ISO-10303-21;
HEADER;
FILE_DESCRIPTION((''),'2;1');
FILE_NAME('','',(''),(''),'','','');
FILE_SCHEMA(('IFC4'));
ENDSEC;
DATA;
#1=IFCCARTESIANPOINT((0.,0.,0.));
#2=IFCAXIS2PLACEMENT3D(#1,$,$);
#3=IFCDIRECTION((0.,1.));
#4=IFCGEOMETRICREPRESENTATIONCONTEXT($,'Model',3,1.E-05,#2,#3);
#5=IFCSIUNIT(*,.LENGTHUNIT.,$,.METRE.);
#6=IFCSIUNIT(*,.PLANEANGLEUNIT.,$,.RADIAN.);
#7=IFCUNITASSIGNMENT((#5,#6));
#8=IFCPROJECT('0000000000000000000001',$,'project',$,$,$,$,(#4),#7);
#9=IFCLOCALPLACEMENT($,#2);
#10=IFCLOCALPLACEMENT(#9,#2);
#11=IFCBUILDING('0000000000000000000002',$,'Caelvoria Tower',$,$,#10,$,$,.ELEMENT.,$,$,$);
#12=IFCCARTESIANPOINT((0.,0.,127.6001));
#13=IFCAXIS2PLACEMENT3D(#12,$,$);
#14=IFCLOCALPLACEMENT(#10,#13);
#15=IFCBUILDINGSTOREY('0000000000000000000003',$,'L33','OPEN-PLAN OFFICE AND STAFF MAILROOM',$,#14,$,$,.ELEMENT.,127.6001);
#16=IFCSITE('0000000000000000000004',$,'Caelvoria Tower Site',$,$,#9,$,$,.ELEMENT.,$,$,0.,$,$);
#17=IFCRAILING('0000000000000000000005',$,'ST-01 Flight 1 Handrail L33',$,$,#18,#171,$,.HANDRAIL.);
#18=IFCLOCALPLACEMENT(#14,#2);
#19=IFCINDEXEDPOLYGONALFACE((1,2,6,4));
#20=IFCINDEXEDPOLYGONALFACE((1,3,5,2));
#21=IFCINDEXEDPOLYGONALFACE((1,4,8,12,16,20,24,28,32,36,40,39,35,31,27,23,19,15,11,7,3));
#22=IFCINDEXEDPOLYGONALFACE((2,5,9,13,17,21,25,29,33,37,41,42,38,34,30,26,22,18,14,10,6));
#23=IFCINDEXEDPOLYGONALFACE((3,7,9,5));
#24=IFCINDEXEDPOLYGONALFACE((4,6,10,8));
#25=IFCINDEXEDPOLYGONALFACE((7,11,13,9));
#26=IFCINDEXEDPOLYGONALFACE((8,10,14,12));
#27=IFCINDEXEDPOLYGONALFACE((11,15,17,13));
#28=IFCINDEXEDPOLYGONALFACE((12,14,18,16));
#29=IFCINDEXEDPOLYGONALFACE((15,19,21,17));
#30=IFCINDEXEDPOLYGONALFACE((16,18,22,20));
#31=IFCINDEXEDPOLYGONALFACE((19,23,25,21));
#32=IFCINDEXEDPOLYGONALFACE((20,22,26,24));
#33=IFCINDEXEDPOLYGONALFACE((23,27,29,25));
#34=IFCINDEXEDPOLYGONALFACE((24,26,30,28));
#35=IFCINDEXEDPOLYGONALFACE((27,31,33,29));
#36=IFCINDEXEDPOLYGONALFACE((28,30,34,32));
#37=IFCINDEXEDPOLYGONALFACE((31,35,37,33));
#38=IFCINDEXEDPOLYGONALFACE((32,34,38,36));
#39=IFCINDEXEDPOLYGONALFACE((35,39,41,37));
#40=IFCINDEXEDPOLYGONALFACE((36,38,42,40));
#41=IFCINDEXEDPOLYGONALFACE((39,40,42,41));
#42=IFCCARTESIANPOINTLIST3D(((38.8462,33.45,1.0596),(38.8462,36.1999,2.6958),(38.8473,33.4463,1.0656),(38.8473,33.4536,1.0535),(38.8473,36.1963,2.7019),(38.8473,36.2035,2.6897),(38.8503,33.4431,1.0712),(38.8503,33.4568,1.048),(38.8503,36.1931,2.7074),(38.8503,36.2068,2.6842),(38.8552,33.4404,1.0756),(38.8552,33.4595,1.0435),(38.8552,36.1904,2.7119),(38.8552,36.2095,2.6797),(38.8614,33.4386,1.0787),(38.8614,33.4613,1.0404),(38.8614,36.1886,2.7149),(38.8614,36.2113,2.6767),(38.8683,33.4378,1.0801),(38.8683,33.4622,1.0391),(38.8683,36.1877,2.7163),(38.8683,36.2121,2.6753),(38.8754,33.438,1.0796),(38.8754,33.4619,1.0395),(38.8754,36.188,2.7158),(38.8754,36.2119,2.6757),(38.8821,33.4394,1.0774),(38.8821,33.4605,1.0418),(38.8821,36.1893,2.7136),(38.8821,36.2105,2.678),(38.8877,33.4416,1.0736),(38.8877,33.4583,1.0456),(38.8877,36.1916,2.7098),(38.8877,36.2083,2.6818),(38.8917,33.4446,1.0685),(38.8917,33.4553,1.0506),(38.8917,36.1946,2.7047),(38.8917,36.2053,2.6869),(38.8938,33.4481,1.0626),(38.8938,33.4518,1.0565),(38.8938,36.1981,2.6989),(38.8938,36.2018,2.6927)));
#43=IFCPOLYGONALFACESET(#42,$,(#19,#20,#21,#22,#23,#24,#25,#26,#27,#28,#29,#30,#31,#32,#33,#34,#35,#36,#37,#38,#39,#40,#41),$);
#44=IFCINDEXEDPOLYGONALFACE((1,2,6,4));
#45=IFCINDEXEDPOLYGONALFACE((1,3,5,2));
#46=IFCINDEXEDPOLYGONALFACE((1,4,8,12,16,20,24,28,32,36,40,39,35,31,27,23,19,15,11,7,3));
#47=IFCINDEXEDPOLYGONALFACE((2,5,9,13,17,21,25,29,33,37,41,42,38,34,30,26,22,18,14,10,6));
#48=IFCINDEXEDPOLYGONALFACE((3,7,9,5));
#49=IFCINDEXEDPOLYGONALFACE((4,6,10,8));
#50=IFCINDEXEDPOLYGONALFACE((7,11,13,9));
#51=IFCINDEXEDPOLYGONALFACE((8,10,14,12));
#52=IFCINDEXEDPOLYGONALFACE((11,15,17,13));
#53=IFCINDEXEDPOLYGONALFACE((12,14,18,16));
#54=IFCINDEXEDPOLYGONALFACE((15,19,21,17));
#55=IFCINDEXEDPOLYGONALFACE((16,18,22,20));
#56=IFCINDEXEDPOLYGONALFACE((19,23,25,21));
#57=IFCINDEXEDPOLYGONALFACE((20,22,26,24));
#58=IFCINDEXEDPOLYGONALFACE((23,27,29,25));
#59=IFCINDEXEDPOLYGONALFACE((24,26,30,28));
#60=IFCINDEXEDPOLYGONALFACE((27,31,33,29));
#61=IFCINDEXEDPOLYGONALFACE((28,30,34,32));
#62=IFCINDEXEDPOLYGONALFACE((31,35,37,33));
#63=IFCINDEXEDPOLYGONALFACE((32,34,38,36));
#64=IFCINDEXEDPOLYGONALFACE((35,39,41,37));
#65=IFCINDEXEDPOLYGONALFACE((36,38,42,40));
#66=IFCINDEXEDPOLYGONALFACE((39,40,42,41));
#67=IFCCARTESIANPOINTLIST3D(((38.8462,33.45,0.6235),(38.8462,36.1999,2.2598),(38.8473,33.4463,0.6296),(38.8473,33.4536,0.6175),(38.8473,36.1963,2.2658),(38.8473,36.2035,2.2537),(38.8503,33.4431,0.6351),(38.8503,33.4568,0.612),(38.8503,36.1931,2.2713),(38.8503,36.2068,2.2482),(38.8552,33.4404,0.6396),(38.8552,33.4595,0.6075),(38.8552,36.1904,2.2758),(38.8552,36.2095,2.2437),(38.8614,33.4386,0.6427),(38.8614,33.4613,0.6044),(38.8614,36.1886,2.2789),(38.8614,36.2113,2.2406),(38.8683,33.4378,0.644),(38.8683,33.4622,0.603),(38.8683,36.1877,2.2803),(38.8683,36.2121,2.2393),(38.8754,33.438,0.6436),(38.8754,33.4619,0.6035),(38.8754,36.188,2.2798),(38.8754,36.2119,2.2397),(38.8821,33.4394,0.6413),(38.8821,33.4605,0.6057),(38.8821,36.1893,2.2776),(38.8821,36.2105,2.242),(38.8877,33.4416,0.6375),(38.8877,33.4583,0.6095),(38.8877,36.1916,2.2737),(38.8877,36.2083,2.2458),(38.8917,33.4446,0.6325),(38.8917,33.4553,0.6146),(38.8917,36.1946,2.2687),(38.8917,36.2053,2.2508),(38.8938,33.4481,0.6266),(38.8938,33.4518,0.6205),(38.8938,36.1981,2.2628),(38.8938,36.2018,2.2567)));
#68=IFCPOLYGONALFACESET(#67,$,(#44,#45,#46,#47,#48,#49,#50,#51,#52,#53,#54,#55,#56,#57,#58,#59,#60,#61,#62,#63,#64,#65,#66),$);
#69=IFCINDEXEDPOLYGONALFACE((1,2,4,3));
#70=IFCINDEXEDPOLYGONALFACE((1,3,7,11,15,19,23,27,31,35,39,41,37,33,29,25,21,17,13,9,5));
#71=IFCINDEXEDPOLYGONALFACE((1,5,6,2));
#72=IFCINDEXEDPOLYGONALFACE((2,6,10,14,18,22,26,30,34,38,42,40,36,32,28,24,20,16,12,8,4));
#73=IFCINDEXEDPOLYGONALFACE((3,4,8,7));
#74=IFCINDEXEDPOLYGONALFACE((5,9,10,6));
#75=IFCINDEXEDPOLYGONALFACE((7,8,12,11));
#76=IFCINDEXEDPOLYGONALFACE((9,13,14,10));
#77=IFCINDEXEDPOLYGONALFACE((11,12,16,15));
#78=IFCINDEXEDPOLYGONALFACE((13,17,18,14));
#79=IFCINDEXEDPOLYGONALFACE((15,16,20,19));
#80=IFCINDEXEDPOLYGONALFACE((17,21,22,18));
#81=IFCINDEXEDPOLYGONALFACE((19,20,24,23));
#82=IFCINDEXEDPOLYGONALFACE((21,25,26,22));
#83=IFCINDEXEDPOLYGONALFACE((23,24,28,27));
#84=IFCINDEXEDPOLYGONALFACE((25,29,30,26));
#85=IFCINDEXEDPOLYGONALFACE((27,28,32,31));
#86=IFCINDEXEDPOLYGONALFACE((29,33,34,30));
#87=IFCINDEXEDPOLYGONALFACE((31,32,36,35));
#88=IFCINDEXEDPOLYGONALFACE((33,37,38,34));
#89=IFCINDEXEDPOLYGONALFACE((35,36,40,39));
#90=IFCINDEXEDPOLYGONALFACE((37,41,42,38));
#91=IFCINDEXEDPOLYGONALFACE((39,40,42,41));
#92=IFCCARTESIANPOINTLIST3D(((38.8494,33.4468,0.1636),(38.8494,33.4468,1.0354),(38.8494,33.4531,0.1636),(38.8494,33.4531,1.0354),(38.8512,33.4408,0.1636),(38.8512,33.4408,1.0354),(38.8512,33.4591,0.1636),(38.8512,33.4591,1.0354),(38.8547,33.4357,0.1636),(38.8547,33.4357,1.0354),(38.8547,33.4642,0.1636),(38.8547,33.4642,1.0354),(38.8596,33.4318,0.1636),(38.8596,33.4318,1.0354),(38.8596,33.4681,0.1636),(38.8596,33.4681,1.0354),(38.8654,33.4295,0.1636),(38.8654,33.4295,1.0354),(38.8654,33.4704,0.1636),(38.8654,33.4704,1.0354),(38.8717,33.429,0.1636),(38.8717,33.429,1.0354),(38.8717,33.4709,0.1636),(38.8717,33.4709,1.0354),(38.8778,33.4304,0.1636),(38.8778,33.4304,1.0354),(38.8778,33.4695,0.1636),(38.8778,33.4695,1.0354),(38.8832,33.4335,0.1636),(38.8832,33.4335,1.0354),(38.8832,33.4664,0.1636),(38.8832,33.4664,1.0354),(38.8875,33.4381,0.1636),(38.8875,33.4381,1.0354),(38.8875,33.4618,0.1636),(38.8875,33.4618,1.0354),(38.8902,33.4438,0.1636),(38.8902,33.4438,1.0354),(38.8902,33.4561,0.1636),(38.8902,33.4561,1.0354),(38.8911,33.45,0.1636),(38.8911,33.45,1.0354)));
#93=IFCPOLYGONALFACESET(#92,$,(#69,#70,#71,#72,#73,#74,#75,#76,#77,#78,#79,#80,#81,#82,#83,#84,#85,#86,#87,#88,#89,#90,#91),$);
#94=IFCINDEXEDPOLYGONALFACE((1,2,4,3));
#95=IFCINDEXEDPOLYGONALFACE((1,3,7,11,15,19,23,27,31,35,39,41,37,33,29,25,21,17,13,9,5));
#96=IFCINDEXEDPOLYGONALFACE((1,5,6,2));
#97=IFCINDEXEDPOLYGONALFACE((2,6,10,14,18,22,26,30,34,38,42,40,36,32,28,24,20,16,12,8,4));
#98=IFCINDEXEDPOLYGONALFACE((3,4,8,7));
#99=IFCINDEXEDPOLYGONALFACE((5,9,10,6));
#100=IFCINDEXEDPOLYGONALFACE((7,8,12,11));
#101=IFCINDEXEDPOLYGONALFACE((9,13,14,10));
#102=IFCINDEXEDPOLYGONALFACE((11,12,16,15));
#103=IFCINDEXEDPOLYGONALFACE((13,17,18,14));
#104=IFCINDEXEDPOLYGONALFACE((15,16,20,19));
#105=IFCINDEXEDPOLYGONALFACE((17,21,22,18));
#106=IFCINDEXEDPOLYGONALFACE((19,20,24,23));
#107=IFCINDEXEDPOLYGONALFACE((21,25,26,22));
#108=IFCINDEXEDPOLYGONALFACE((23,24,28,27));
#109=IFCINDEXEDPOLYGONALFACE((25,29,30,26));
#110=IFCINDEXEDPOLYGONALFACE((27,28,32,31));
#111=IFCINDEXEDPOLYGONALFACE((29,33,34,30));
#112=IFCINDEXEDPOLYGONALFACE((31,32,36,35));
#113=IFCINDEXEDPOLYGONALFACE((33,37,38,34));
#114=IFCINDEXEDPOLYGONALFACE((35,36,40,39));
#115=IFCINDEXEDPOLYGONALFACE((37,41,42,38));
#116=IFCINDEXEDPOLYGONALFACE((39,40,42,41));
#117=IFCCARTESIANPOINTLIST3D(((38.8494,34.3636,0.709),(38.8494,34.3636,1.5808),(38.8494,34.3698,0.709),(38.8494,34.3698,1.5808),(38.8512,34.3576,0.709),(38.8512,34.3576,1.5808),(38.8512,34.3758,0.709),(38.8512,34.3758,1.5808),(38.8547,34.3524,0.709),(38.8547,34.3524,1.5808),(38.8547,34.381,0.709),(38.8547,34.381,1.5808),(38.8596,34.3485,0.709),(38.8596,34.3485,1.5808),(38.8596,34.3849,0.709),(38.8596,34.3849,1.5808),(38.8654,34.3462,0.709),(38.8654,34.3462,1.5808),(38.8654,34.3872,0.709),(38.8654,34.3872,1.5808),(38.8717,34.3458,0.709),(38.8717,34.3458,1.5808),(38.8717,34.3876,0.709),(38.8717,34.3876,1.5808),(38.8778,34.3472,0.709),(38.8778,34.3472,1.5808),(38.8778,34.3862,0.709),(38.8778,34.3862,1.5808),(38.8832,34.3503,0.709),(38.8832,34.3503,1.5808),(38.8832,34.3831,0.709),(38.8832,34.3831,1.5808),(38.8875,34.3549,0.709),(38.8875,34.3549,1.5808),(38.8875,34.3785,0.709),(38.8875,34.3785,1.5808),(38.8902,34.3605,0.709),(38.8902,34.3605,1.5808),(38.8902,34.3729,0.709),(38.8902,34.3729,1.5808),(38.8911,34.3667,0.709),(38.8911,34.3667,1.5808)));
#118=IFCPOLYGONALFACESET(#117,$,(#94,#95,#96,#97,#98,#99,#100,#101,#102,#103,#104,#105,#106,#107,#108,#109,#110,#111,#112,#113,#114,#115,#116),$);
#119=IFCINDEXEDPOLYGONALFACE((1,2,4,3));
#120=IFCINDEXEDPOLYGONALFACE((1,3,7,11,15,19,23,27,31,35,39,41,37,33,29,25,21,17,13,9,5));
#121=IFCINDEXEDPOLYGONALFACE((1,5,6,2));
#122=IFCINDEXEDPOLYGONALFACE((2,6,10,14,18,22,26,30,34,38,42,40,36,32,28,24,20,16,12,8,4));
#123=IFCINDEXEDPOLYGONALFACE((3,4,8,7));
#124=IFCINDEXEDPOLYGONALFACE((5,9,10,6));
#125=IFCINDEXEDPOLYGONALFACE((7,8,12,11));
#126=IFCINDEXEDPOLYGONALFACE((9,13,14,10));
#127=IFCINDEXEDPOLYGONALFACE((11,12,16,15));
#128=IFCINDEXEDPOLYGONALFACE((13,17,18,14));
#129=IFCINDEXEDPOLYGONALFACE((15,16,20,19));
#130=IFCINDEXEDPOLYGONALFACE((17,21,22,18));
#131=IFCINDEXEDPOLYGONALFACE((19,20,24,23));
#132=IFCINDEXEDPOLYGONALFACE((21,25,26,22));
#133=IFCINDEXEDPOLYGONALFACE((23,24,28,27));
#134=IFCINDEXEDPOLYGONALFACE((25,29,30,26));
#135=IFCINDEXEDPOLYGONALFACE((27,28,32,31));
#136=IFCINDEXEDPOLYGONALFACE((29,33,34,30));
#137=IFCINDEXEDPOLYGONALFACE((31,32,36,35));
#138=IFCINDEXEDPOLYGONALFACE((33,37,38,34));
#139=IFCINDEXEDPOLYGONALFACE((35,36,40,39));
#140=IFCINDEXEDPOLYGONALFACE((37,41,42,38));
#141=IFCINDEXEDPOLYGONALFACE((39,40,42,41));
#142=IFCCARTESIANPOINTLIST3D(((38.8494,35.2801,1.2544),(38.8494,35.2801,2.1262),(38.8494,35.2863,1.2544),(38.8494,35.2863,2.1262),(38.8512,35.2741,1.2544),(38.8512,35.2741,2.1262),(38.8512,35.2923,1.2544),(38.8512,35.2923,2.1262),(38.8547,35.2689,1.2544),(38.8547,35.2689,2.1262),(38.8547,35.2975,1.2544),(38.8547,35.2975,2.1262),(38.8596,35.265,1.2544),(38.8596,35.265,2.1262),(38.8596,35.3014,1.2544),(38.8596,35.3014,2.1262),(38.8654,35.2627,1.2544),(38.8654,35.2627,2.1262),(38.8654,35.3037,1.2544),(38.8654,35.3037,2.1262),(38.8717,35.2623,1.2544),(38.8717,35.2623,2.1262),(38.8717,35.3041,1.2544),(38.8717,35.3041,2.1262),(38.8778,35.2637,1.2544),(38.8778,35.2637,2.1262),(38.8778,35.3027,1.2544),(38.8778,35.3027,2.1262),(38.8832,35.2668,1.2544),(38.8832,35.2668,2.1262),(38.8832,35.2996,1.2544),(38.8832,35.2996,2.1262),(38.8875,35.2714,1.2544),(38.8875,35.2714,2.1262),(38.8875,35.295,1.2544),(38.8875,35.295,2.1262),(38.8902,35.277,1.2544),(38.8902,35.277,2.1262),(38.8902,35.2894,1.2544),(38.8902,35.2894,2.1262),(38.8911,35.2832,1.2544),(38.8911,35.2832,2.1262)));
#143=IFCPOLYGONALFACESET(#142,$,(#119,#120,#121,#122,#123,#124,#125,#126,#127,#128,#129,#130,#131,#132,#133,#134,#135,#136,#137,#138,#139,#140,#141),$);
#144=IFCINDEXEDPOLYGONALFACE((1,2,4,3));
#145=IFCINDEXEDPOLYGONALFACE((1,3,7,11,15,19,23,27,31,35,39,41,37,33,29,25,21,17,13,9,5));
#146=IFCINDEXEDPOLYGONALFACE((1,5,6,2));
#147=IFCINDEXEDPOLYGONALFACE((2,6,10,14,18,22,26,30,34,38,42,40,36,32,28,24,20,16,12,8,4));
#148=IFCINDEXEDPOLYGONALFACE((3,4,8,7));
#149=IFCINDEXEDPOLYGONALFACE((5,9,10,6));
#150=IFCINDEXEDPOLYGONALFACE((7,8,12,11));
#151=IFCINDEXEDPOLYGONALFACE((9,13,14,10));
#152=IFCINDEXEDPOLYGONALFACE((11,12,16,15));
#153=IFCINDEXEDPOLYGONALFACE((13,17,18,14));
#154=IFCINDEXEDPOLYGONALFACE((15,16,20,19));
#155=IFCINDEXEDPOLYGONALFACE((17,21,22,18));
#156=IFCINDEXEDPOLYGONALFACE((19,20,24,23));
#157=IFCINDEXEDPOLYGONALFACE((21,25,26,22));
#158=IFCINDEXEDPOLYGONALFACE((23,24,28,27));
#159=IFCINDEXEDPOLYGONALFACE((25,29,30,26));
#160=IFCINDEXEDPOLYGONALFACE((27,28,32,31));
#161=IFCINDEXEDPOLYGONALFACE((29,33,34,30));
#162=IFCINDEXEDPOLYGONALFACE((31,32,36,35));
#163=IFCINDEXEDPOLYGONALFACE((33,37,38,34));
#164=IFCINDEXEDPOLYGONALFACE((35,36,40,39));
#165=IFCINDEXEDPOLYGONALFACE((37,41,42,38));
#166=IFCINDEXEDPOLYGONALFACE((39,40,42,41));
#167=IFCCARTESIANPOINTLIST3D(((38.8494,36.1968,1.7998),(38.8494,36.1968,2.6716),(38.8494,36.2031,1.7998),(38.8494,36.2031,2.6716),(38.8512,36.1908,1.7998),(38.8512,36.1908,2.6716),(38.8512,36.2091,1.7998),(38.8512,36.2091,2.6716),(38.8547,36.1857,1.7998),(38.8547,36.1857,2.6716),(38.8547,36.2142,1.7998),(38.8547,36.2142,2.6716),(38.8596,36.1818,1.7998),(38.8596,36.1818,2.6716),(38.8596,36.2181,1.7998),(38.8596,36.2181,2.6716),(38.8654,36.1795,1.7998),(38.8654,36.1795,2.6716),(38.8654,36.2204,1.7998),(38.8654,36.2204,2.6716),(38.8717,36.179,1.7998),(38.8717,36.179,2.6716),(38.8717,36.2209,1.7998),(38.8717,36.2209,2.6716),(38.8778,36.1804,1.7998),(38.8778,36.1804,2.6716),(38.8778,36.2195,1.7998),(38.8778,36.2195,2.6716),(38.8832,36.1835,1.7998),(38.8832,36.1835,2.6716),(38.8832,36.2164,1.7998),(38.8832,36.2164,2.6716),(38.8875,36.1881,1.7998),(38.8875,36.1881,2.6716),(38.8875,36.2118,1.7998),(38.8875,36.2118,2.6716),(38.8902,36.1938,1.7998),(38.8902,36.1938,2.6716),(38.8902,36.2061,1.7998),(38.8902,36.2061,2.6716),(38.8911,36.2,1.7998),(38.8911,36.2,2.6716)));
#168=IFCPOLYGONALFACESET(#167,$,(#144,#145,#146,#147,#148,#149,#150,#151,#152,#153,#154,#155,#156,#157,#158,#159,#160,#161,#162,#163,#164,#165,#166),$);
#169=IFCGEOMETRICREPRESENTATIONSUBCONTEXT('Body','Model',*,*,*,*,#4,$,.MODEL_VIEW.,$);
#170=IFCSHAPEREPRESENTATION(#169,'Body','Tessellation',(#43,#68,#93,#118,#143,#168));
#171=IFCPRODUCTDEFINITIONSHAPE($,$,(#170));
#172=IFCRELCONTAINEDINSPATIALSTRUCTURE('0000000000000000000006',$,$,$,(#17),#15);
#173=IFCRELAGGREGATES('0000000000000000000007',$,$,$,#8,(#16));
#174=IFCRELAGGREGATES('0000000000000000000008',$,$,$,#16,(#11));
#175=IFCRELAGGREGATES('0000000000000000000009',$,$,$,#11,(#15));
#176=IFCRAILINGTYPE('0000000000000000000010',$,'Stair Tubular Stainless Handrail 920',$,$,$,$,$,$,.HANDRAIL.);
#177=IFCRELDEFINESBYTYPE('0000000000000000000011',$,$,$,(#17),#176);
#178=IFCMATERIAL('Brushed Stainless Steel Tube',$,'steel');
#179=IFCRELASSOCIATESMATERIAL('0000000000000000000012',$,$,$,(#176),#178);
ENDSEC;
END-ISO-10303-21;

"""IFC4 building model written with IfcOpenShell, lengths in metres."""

from ifc_helpers import new_model, si_unit, direction, frame, origin, origin_2d, place, context, subcontext, project, spatial, circle, extrude, material, type_object, element, save


model = new_model("IFC4")

# Units and contexts
model_context = context("Model", 3, precision=1e-05, world=origin(), true_north=direction((0.0, 1.0)))
body_context = subcontext(model_context, "Body", "Model", "MODEL_VIEW")
ifc_project = project(units=[si_unit("LENGTHUNIT", "METRE"), si_unit("PLANEANGLEUNIT", "RADIAN")], contexts=[model_context])

# Site, building, storey
site_placement = place(None, origin())
site = spatial("IfcSite", under=ifc_project, at=site_placement, Name="Caelvoria Tower Site", CompositionType="ELEMENT", RefElevation=0.0)
building_placement = place(site_placement, origin())
building = spatial("IfcBuilding", under=site, at=building_placement, Name="Caelvoria Tower", CompositionType="ELEMENT")
storey_placement = place(building_placement, frame((0.0, 0.0, 127.6001)))
storey = spatial("IfcBuildingStorey", under=building, at=storey_placement, Name="L33", Description="OPEN-PLAN OFFICE AND STAFF MAILROOM", CompositionType="ELEMENT", Elevation=127.6001)

# Railing
ifc_material_1 = material(Name="Brushed Stainless Steel Tube", Category="steel")
railing_type_1 = type_object("IfcRailingType", Name="Stair Tubular Stainless Handrail 920", PredefinedType="HANDRAIL", material=ifc_material_1)
railing_1_placement = place(storey_placement, frame((38.8701, 33.45, 0.1636)))
element("IfcRailing", 1, at=railing_1_placement, inside=storey, type_object=railing_type_1, Name="ST-01 Flight 1 Handrail L33", PredefinedType="HANDRAIL", context=body_context, shape_type="SweptSolid", body=[
    extrude(circle(Radius=0.0239, at=origin_2d()), frame((0.0, 0.0, 0.896), z_axis=(0.0, 0.859385, 0.511328), x_axis=(-1.0, 0.0, 0.0)), (0.0, 0.0, 1.0), 3.2),
    extrude(circle(Radius=0.0239, at=origin_2d()), frame((0.0, 0.0, 0.46), z_axis=(0.0, 0.859385, 0.511328), x_axis=(-1.0, 0.0, 0.0)), (0.0, 0.0, 1.0), 3.2),
    extrude(circle(Radius=0.021, at=origin_2d()), origin(), (0.0, 0.0, 1.0), 0.8718),
    extrude(circle(Radius=0.021, at=origin_2d()), frame((0.0, 0.9167, 0.5454)), (0.0, 0.0, 1.0), 0.8718),
    extrude(circle(Radius=0.021, at=origin_2d()), frame((0.0, 1.8333, 1.0908)), (0.0, 0.0, 1.0), 0.8718),
    extrude(circle(Radius=0.021, at=origin_2d()), frame((0.0, 2.75, 1.6362)), (0.0, 0.0, 1.0), 0.8718),
])

save(model, "model.ifc")
